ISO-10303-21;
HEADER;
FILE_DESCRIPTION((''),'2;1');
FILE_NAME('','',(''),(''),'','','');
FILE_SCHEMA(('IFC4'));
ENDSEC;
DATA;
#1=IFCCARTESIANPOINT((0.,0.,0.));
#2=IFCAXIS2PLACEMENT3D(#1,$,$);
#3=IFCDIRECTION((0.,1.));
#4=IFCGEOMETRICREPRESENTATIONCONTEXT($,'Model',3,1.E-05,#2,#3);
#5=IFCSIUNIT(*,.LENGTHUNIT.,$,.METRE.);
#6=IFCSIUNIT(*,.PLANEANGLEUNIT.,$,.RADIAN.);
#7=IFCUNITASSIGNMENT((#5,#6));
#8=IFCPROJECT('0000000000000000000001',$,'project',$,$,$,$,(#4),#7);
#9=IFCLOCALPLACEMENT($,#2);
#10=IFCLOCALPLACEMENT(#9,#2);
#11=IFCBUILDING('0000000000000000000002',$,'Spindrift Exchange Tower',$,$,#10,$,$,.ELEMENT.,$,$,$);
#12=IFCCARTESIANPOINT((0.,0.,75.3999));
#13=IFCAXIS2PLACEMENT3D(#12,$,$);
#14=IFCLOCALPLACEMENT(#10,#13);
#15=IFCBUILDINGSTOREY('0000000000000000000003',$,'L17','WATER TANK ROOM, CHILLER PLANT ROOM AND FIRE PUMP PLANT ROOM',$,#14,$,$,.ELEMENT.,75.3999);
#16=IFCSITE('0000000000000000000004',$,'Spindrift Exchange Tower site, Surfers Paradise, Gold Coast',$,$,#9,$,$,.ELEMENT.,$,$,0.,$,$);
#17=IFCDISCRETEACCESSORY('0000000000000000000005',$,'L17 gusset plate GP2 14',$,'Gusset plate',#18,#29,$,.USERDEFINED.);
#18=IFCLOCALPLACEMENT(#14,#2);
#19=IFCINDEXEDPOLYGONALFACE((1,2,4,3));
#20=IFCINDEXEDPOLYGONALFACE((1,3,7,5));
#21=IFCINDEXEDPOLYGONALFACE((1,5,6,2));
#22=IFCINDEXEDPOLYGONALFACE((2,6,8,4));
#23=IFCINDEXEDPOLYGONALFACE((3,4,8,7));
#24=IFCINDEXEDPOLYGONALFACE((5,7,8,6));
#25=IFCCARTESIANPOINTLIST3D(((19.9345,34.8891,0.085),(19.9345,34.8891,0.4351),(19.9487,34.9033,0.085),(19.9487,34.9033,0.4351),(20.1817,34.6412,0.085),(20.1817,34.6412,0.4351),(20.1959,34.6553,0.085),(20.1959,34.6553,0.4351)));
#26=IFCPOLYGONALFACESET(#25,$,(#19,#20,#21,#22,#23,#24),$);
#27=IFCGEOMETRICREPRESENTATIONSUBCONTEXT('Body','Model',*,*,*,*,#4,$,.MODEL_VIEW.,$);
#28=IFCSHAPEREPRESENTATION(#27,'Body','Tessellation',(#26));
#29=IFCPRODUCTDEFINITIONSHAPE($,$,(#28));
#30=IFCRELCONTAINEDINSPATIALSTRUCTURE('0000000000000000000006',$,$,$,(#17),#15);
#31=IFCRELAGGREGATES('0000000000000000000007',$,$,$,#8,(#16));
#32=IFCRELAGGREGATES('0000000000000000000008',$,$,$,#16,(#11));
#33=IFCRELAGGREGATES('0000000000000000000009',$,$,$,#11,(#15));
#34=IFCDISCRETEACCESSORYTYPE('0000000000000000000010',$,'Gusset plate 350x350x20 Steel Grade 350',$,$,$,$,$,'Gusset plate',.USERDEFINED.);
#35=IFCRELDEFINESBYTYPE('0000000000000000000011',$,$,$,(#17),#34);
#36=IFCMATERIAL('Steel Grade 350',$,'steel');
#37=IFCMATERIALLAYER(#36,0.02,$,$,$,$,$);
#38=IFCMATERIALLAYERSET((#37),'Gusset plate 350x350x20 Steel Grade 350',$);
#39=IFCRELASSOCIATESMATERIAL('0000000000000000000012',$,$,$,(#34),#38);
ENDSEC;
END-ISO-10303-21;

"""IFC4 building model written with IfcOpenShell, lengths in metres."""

from ifc_helpers import new_model, si_unit, direction, frame, origin, origin_2d, place, context, subcontext, project, spatial, rectangle, extrude, source, transform, mapped, material, layer, layer_set, type_object, element, save


model = new_model("IFC4")

# Units and contexts
model_context = context("Model", 3, precision=1e-05, world=origin(), true_north=direction((0.0, 1.0)))
body_context = subcontext(model_context, "Body", "Model", "MODEL_VIEW")
ifc_project = project(units=[si_unit("LENGTHUNIT", "METRE"), si_unit("PLANEANGLEUNIT", "RADIAN")], contexts=[model_context])

# Site, building, storey
site_placement = place(None, origin())
site = spatial("IfcSite", under=ifc_project, at=site_placement, Name="Spindrift Exchange Tower site, Surfers Paradise, Gold Coast", CompositionType="ELEMENT", RefElevation=0.0)
building_placement = place(site_placement, origin())
building = spatial("IfcBuilding", under=site, at=building_placement, Name="Spindrift Exchange Tower", CompositionType="ELEMENT")
storey_placement = place(building_placement, frame((0.0, 0.0, 75.3999)))
storey = spatial("IfcBuildingStorey", under=building, at=storey_placement, Name="L17", Description="WATER TANK ROOM, CHILLER PLANT ROOM AND FIRE PUMP PLANT ROOM", CompositionType="ELEMENT", Elevation=75.3999)

# Shared definitions
ifc_material_1 = material(Name="Steel Grade 350", Category="steel")

# Discrete accessory
ifc_layer_1 = layer(ifc_material_1, 0.02)
ifc_layer_set_1 = layer_set([ifc_layer_1], Name="Gusset plate 350x350x20 Steel Grade 350")
discrete_accessory_type_1 = type_object("IfcDiscreteAccessoryType", Name="Gusset plate 350x350x20 Steel Grade 350", ElementType="Gusset plate", PredefinedType="USERDEFINED", material=ifc_layer_set_1)
shared_shape_1 = source(origin(), body_context, "Body", "SweptSolid", [
    extrude(rectangle(XDim=0.3501, YDim=0.02, at=origin_2d()), origin(), (0.0, 0.0, 1.0), 0.3501),
])
for number, where, z_axis, x_axis, name in (
    (1, (20.0652, 34.7722, 0.085), (0.0, 0.0, 1.0), (0.705964, -0.708247, 0.0), "L17 gusset plate GP2 14"),
):
    element("IfcDiscreteAccessory", number, at=place(storey_placement, frame(where, z_axis=z_axis, x_axis=x_axis)), inside=storey, type_object=discrete_accessory_type_1, Name=name, ObjectType="Gusset plate", PredefinedType="USERDEFINED", context=body_context, shape_type="MappedRepresentation", body=[
        mapped(shared_shape_1, transform((0.0, 0.0, 0.0), scale=1.0)),
    ])

save(model, "model.ifc")
